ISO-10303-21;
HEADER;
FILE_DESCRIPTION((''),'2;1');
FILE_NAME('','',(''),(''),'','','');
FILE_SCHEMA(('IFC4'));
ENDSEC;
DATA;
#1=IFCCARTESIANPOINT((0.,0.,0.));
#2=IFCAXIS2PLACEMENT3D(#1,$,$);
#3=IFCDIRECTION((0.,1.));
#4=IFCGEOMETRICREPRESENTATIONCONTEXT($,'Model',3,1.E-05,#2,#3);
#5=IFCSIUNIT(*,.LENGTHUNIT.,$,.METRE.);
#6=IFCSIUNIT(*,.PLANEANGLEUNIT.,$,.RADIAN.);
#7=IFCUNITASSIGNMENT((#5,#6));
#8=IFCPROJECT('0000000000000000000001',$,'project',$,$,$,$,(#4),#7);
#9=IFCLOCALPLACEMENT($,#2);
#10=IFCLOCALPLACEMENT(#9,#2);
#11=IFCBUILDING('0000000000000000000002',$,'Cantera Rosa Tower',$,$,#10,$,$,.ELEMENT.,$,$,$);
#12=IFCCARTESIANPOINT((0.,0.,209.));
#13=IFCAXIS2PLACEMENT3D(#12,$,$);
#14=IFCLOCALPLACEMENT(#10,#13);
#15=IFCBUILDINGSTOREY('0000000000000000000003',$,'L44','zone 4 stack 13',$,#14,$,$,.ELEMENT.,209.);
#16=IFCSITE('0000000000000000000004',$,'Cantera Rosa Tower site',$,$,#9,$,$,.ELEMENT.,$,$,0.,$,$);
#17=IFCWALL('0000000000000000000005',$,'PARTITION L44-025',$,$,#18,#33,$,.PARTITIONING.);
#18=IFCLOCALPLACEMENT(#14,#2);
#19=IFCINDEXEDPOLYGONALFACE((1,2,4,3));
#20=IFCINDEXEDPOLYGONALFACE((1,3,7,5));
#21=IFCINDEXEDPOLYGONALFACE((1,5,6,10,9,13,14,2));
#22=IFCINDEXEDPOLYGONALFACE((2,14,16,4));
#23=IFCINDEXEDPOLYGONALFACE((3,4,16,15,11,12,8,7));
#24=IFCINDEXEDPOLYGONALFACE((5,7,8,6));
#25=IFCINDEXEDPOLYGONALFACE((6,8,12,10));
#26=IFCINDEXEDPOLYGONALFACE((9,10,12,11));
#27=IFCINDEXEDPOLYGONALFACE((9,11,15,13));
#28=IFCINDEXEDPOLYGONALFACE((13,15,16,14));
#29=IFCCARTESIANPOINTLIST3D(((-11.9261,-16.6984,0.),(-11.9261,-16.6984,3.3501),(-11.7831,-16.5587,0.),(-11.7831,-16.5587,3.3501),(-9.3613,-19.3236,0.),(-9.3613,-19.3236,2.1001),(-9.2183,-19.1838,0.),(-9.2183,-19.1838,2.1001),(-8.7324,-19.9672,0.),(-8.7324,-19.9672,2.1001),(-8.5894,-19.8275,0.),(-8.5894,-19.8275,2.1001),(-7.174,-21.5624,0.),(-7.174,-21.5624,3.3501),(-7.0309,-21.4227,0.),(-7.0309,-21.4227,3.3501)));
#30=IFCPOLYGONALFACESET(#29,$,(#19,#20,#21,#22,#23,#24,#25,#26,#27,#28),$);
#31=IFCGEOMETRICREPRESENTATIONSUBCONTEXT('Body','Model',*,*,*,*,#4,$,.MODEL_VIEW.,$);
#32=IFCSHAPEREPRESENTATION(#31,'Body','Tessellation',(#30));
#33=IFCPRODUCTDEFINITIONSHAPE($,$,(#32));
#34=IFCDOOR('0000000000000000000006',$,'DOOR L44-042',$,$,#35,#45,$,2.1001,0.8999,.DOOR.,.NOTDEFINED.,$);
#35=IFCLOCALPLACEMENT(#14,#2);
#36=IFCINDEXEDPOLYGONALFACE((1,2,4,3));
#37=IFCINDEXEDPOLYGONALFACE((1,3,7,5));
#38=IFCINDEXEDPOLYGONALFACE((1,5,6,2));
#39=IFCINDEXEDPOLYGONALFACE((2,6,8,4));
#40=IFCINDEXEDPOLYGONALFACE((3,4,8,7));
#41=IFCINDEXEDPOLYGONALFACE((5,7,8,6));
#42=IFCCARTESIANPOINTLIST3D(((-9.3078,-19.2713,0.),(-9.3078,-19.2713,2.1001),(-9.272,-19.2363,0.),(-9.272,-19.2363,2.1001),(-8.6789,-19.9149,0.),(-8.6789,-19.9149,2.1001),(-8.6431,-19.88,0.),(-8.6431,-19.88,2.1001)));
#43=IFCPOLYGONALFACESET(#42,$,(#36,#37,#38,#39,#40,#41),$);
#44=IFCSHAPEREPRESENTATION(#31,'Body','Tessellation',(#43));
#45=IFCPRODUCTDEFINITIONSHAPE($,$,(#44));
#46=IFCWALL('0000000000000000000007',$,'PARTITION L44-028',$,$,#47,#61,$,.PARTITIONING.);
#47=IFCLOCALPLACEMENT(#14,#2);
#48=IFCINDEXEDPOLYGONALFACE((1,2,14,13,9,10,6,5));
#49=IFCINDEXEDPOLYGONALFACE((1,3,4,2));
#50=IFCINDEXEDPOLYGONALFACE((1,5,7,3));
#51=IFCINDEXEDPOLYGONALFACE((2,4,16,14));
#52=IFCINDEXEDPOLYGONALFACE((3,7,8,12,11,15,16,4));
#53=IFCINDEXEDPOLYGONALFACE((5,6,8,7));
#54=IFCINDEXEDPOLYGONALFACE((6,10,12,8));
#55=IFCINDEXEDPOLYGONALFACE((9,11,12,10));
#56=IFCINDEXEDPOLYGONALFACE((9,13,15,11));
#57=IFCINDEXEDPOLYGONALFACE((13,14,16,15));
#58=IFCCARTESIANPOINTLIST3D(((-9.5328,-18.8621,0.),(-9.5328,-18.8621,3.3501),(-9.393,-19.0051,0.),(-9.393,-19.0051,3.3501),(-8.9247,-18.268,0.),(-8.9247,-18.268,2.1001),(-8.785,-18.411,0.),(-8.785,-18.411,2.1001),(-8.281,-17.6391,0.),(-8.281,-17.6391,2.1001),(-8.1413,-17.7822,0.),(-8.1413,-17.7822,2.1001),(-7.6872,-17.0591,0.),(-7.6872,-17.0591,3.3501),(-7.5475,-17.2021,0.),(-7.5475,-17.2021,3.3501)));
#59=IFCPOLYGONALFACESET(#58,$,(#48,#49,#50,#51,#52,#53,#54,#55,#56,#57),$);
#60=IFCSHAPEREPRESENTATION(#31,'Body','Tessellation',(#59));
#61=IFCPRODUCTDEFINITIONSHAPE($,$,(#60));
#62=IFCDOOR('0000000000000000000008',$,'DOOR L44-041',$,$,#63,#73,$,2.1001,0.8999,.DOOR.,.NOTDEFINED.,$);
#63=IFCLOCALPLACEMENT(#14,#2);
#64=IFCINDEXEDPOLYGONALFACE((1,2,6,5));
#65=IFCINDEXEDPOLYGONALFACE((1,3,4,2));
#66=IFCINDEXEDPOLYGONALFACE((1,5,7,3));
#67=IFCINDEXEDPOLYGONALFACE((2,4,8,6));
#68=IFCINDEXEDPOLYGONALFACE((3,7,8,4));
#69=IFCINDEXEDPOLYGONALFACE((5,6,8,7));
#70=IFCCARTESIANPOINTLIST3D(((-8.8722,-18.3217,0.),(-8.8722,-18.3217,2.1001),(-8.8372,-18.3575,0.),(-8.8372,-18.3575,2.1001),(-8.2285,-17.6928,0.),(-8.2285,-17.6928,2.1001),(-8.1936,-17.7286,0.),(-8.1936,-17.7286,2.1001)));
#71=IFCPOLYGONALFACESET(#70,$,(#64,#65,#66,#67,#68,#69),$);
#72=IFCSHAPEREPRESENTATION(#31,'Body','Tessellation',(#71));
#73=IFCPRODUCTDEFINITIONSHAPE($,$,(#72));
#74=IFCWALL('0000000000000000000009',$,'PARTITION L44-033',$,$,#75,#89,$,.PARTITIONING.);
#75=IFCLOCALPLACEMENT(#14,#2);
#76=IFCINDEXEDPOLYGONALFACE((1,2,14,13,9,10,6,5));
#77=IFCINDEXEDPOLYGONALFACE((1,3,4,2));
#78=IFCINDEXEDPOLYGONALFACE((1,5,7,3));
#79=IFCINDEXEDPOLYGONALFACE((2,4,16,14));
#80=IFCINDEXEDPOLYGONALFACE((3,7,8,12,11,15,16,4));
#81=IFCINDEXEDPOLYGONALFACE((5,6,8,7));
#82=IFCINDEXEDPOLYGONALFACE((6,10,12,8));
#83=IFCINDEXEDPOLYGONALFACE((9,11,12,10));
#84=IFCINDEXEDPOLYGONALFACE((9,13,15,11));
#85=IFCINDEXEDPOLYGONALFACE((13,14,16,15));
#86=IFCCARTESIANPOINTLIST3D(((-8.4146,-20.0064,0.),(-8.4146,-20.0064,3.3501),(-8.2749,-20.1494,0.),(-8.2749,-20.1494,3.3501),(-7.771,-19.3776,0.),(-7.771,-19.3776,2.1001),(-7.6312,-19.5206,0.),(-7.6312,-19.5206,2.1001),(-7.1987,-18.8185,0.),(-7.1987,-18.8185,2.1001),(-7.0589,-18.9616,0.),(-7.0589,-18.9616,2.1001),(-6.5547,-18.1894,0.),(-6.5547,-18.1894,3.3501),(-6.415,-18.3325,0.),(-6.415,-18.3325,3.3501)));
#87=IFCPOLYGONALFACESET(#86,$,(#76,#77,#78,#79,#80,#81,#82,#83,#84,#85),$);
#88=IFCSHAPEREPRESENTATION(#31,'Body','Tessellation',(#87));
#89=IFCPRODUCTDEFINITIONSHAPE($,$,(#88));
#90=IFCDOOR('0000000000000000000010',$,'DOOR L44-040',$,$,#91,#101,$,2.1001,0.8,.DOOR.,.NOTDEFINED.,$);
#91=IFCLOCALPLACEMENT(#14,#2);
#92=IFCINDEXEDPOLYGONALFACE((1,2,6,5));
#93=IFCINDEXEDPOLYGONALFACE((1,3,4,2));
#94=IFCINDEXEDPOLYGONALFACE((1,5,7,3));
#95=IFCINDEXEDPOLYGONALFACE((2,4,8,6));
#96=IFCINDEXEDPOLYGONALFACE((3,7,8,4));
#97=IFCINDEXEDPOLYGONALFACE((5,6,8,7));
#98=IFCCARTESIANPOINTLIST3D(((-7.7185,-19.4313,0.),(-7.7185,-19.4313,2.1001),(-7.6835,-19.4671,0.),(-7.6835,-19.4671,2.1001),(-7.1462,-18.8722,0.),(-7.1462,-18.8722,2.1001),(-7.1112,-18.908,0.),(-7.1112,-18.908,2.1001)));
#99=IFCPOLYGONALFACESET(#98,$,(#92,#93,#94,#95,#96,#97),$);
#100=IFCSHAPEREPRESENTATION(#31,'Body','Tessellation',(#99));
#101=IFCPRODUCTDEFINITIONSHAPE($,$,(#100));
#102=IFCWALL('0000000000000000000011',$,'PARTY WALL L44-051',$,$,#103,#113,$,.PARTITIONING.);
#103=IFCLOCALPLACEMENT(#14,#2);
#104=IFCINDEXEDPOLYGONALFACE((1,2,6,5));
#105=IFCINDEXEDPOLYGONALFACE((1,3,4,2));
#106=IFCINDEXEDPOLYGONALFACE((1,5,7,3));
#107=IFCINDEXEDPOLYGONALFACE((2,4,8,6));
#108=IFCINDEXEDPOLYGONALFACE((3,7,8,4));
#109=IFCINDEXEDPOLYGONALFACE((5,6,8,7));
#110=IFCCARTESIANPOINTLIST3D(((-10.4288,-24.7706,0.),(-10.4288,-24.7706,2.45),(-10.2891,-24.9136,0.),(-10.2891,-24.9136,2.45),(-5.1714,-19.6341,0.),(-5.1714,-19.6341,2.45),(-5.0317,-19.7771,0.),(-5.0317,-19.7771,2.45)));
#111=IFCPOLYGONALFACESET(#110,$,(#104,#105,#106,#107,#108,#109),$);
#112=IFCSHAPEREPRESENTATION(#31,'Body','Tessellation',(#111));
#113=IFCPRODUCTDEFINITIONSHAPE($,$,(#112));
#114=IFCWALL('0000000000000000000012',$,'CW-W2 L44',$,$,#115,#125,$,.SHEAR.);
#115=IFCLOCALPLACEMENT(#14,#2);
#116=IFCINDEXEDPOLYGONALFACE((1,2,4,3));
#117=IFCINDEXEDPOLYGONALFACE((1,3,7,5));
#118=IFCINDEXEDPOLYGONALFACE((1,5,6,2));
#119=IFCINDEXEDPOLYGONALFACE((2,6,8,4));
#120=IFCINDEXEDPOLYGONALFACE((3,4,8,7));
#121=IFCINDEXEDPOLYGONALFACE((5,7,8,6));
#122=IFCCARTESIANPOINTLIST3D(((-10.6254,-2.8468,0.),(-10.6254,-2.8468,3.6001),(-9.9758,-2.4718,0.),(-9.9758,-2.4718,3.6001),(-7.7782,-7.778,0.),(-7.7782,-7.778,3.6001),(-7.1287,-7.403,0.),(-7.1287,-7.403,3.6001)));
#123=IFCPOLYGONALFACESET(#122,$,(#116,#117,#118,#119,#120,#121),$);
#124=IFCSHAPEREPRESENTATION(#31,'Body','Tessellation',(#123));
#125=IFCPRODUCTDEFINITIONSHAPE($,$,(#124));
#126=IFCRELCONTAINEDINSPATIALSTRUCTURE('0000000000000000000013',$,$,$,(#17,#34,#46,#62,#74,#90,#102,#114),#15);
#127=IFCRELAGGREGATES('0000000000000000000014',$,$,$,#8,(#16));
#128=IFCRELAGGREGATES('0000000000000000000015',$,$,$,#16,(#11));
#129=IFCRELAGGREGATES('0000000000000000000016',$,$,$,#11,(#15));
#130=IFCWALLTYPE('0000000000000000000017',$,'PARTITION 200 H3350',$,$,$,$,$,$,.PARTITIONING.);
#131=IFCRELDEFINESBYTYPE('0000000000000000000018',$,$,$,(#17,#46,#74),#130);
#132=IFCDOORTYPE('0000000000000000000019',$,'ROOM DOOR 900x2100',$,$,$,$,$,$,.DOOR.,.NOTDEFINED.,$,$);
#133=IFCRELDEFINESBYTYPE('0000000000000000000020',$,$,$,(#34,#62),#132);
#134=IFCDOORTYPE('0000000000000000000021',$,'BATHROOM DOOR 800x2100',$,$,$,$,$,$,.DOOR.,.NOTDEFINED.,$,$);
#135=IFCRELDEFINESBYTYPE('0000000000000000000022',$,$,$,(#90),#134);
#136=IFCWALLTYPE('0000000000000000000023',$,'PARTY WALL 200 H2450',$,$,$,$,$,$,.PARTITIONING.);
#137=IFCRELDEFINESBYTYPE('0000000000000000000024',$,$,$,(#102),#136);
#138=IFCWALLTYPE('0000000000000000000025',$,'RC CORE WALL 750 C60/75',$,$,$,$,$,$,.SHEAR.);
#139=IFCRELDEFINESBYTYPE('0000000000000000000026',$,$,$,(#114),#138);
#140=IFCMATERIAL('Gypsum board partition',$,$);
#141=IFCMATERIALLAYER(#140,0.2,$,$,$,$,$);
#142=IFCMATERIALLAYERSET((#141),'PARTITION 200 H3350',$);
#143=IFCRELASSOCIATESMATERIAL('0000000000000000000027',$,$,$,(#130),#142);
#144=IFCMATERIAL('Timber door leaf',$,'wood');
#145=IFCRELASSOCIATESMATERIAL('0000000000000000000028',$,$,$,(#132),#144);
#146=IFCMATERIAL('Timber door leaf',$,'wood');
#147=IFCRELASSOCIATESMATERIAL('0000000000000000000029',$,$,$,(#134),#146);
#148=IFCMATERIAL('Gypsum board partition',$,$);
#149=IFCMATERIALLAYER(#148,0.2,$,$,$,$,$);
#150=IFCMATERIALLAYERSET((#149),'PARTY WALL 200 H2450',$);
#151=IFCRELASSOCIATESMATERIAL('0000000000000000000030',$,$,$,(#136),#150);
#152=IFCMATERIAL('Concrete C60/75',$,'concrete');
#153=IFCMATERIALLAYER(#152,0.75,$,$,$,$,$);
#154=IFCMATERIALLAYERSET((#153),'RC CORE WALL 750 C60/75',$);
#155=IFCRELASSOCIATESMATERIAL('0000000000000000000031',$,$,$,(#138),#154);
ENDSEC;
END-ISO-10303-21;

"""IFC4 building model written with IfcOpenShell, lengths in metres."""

from ifc_helpers import new_model, si_unit, direction, frame, frame_2d, origin, place, context, subcontext, project, spatial, rectangle, extrude, material, layer, layer_set, type_object, element, fill, save


model = new_model("IFC4")

# Units and contexts
model_context = context("Model", 3, precision=1e-05, world=origin(), true_north=direction((0.0, 1.0)))
body_context = subcontext(model_context, "Body", "Model", "MODEL_VIEW")
ifc_project = project(units=[si_unit("LENGTHUNIT", "METRE"), si_unit("PLANEANGLEUNIT", "RADIAN")], contexts=[model_context])

# Site, building, storey
site_placement = place(None, origin())
site = spatial("IfcSite", under=ifc_project, at=site_placement, Name="Cantera Rosa Tower site", CompositionType="ELEMENT", RefElevation=0.0)
building_placement = place(site_placement, origin())
building = spatial("IfcBuilding", under=site, at=building_placement, Name="Cantera Rosa Tower", CompositionType="ELEMENT")
storey_placement = place(building_placement, frame((0.0, 0.0, 209.0)))
storey = spatial("IfcBuildingStorey", under=building, at=storey_placement, Name="L44", Description="zone 4 stack 13", CompositionType="ELEMENT", Elevation=209.0)

# Shared definitions
ifc_material_1 = material(Name="Gypsum board partition")
ifc_layer_1 = layer(ifc_material_1, 0.2)
ifc_layer_set_1 = layer_set([ifc_layer_1], Name="PARTITION 200 H3350")
wall_type_1 = type_object("IfcWallType", Name="PARTITION 200 H3350", PredefinedType="PARTITIONING", material=ifc_layer_set_1)

# Walls, openings, doors
wall_1_placement = place(storey_placement, frame((-11.8545, -16.6287, 0.0), z_axis=(0.0, 0.0, 1.0), x_axis=(0.698837, -0.715281, 0.0)))
wall_1 = element("IfcWall", 1, at=wall_1_placement, inside=storey, type_object=wall_type_1, Name="PARTITION L44-025", PredefinedType="PARTITIONING", context=body_context, shape_type="SweptSolid", body=[
    extrude(rectangle(XDim=6.8, YDim=0.2, at=frame_2d((3.3999, 0.0))), origin(), (0.0, 0.0, 1.0), 3.3501),
])
opening_1_placement = place(wall_1_placement, frame((3.6699, 0.0, 0.0)))
opening_1 = element("IfcOpeningElement", 2, at=opening_1_placement, cuts=wall_1, PredefinedType="OPENING", context=body_context, shape_type="SweptSolid", body=[
    extrude(rectangle(XDim=0.8999, YDim=2.1001, at=frame_2d((0.45, 1.05))), frame((0.0, 0.1099, 0.0), z_axis=(0.0, -1.0, 0.0), x_axis=(1.0, 0.0, 0.0)), (0.0, 0.0, 1.0), 0.22),
])
ifc_material_2 = material(Name="Timber door leaf", Category="wood")
door_type_1 = type_object("IfcDoorType", Name="ROOM DOOR 900x2100", OperationType="NOTDEFINED", PredefinedType="DOOR", material=ifc_material_2)
door_1_placement = place(opening_1_placement, origin())
door_1 = element("IfcDoor", 3, at=door_1_placement, inside=storey, type_object=door_type_1, Name="DOOR L44-042", OperationType="NOTDEFINED", OverallHeight=2.1001, OverallWidth=0.8999, PredefinedType="DOOR", context=body_context, shape_type="SweptSolid", body=[
    extrude(rectangle(XDim=0.8999, YDim=2.1001, at=frame_2d((0.45, 1.05))), frame((0.0, 0.0249, 0.0), z_axis=(0.0, -1.0, 0.0), x_axis=(1.0, 0.0, 0.0)), (0.0, 0.0, 1.0), 0.05),
])
fill(opening_1, door_1)
wall_2_placement = place(storey_placement, frame((-9.4629, -18.9336, 0.0), z_axis=(0.0, 0.0, 1.0), x_axis=(0.715291, 0.698826, 0.0)))
wall_2 = element("IfcWall", 4, at=wall_2_placement, inside=storey, type_object=wall_type_1, Name="PARTITION L44-028", PredefinedType="PARTITIONING", context=body_context, shape_type="SweptSolid", body=[
    extrude(rectangle(XDim=2.5801, YDim=0.2, at=frame_2d((1.29, 0.0))), origin(), (0.0, 0.0, 1.0), 3.3501),
])
opening_2_placement = place(wall_2_placement, frame((0.8501, 0.0, 0.0)))
opening_2 = element("IfcOpeningElement", 5, at=opening_2_placement, cuts=wall_2, PredefinedType="OPENING", context=body_context, shape_type="SweptSolid", body=[
    extrude(rectangle(XDim=0.8999, YDim=2.1001, at=frame_2d((0.45, 1.05))), frame((0.0, 0.1099, 0.0), z_axis=(0.0, -1.0, 0.0), x_axis=(1.0, 0.0, 0.0)), (0.0, 0.0, 1.0), 0.22),
])
door_2_placement = place(opening_2_placement, origin())
door_2 = element("IfcDoor", 6, at=door_2_placement, inside=storey, type_object=door_type_1, Name="DOOR L44-041", OperationType="NOTDEFINED", OverallHeight=2.1001, OverallWidth=0.8999, PredefinedType="DOOR", context=body_context, shape_type="SweptSolid", body=[
    extrude(rectangle(XDim=0.8999, YDim=2.1001, at=frame_2d((0.45, 1.05))), frame((0.0, 0.0249, 0.0), z_axis=(0.0, -1.0, 0.0), x_axis=(1.0, 0.0, 0.0)), (0.0, 0.0, 1.0), 0.05),
])
fill(opening_2, door_2)
wall_3_placement = place(storey_placement, frame((-8.3447, -20.0779, 0.0), z_axis=(0.0, 0.0, 1.0), x_axis=(0.715322, 0.698795, 0.0)))
wall_3 = element("IfcWall", 7, at=wall_3_placement, inside=storey, type_object=wall_type_1, Name="PARTITION L44-033", PredefinedType="PARTITIONING", context=body_context, shape_type="SweptSolid", body=[
    extrude(rectangle(XDim=2.6001, YDim=0.2, at=frame_2d((1.3, 0.0))), origin(), (0.0, 0.0, 1.0), 3.3501),
])
opening_3_placement = place(wall_3_placement, frame((0.8999, 0.0, 0.0)))
opening_3 = element("IfcOpeningElement", 8, at=opening_3_placement, cuts=wall_3, PredefinedType="OPENING", context=body_context, shape_type="SweptSolid", body=[
    extrude(rectangle(XDim=0.8, YDim=2.1001, at=frame_2d((0.3999, 1.05))), frame((0.0, 0.1099, 0.0), z_axis=(0.0, -1.0, 0.0), x_axis=(1.0, 0.0, 0.0)), (0.0, 0.0, 1.0), 0.22),
])
ifc_material_3 = material(Name="Timber door leaf", Category="wood")
door_type_2 = type_object("IfcDoorType", Name="BATHROOM DOOR 800x2100", OperationType="NOTDEFINED", PredefinedType="DOOR", material=ifc_material_3)
door_3_placement = place(opening_3_placement, origin())
door_3 = element("IfcDoor", 9, at=door_3_placement, inside=storey, type_object=door_type_2, Name="DOOR L44-040", OperationType="NOTDEFINED", OverallHeight=2.1001, OverallWidth=0.8, PredefinedType="DOOR", context=body_context, shape_type="SweptSolid", body=[
    extrude(rectangle(XDim=0.8, YDim=2.1001, at=frame_2d((0.3999, 1.05))), frame((0.0, 0.0249, 0.0), z_axis=(0.0, -1.0, 0.0), x_axis=(1.0, 0.0, 0.0)), (0.0, 0.0, 1.0), 0.05),
])
fill(opening_3, door_3)

# Walls
ifc_material_4 = material(Name="Gypsum board partition")
ifc_layer_2 = layer(ifc_material_4, 0.2)
ifc_layer_set_2 = layer_set([ifc_layer_2], Name="PARTY WALL 200 H2450")
wall_type_2 = type_object("IfcWallType", Name="PARTY WALL 200 H2450", PredefinedType="PARTITIONING", material=ifc_layer_set_2)
wall_4_placement = place(storey_placement, frame((-5.1016, -19.7056, 0.0), z_axis=(0.0, 0.0, 1.0), x_axis=(-0.71528, -0.698838, 0.0)))
element("IfcWall", 10, at=wall_4_placement, inside=storey, type_object=wall_type_2, Name="PARTY WALL L44-051", PredefinedType="PARTITIONING", context=body_context, shape_type="SweptSolid", body=[
    extrude(rectangle(XDim=7.3501, YDim=0.2, at=frame_2d((3.675, 0.0))), origin(), (0.0, 0.0, 1.0), 2.45),
])
ifc_material_5 = material(Name="Concrete C60/75", Category="concrete")
ifc_layer_3 = layer(ifc_material_5, 0.75)
ifc_layer_set_3 = layer_set([ifc_layer_3], Name="RC CORE WALL 750 C60/75")
wall_type_3 = type_object("IfcWallType", Name="RC CORE WALL 750 C60/75", PredefinedType="SHEAR", material=ifc_layer_set_3)
wall_5_placement = place(storey_placement, frame((-7.4534, -7.5906, 0.0), z_axis=(0.0, 0.0, 1.0), x_axis=(-0.500022, 0.866013, 0.0)))
element("IfcWall", 11, at=wall_5_placement, inside=storey, type_object=wall_type_3, Name="CW-W2 L44", PredefinedType="SHEAR", context=body_context, shape_type="SweptSolid", body=[
    extrude(rectangle(XDim=5.6941, YDim=0.75, at=frame_2d((2.8472, 0.0))), origin(), (0.0, 0.0, 1.0), 3.6001),
])

save(model, "model.ifc")
